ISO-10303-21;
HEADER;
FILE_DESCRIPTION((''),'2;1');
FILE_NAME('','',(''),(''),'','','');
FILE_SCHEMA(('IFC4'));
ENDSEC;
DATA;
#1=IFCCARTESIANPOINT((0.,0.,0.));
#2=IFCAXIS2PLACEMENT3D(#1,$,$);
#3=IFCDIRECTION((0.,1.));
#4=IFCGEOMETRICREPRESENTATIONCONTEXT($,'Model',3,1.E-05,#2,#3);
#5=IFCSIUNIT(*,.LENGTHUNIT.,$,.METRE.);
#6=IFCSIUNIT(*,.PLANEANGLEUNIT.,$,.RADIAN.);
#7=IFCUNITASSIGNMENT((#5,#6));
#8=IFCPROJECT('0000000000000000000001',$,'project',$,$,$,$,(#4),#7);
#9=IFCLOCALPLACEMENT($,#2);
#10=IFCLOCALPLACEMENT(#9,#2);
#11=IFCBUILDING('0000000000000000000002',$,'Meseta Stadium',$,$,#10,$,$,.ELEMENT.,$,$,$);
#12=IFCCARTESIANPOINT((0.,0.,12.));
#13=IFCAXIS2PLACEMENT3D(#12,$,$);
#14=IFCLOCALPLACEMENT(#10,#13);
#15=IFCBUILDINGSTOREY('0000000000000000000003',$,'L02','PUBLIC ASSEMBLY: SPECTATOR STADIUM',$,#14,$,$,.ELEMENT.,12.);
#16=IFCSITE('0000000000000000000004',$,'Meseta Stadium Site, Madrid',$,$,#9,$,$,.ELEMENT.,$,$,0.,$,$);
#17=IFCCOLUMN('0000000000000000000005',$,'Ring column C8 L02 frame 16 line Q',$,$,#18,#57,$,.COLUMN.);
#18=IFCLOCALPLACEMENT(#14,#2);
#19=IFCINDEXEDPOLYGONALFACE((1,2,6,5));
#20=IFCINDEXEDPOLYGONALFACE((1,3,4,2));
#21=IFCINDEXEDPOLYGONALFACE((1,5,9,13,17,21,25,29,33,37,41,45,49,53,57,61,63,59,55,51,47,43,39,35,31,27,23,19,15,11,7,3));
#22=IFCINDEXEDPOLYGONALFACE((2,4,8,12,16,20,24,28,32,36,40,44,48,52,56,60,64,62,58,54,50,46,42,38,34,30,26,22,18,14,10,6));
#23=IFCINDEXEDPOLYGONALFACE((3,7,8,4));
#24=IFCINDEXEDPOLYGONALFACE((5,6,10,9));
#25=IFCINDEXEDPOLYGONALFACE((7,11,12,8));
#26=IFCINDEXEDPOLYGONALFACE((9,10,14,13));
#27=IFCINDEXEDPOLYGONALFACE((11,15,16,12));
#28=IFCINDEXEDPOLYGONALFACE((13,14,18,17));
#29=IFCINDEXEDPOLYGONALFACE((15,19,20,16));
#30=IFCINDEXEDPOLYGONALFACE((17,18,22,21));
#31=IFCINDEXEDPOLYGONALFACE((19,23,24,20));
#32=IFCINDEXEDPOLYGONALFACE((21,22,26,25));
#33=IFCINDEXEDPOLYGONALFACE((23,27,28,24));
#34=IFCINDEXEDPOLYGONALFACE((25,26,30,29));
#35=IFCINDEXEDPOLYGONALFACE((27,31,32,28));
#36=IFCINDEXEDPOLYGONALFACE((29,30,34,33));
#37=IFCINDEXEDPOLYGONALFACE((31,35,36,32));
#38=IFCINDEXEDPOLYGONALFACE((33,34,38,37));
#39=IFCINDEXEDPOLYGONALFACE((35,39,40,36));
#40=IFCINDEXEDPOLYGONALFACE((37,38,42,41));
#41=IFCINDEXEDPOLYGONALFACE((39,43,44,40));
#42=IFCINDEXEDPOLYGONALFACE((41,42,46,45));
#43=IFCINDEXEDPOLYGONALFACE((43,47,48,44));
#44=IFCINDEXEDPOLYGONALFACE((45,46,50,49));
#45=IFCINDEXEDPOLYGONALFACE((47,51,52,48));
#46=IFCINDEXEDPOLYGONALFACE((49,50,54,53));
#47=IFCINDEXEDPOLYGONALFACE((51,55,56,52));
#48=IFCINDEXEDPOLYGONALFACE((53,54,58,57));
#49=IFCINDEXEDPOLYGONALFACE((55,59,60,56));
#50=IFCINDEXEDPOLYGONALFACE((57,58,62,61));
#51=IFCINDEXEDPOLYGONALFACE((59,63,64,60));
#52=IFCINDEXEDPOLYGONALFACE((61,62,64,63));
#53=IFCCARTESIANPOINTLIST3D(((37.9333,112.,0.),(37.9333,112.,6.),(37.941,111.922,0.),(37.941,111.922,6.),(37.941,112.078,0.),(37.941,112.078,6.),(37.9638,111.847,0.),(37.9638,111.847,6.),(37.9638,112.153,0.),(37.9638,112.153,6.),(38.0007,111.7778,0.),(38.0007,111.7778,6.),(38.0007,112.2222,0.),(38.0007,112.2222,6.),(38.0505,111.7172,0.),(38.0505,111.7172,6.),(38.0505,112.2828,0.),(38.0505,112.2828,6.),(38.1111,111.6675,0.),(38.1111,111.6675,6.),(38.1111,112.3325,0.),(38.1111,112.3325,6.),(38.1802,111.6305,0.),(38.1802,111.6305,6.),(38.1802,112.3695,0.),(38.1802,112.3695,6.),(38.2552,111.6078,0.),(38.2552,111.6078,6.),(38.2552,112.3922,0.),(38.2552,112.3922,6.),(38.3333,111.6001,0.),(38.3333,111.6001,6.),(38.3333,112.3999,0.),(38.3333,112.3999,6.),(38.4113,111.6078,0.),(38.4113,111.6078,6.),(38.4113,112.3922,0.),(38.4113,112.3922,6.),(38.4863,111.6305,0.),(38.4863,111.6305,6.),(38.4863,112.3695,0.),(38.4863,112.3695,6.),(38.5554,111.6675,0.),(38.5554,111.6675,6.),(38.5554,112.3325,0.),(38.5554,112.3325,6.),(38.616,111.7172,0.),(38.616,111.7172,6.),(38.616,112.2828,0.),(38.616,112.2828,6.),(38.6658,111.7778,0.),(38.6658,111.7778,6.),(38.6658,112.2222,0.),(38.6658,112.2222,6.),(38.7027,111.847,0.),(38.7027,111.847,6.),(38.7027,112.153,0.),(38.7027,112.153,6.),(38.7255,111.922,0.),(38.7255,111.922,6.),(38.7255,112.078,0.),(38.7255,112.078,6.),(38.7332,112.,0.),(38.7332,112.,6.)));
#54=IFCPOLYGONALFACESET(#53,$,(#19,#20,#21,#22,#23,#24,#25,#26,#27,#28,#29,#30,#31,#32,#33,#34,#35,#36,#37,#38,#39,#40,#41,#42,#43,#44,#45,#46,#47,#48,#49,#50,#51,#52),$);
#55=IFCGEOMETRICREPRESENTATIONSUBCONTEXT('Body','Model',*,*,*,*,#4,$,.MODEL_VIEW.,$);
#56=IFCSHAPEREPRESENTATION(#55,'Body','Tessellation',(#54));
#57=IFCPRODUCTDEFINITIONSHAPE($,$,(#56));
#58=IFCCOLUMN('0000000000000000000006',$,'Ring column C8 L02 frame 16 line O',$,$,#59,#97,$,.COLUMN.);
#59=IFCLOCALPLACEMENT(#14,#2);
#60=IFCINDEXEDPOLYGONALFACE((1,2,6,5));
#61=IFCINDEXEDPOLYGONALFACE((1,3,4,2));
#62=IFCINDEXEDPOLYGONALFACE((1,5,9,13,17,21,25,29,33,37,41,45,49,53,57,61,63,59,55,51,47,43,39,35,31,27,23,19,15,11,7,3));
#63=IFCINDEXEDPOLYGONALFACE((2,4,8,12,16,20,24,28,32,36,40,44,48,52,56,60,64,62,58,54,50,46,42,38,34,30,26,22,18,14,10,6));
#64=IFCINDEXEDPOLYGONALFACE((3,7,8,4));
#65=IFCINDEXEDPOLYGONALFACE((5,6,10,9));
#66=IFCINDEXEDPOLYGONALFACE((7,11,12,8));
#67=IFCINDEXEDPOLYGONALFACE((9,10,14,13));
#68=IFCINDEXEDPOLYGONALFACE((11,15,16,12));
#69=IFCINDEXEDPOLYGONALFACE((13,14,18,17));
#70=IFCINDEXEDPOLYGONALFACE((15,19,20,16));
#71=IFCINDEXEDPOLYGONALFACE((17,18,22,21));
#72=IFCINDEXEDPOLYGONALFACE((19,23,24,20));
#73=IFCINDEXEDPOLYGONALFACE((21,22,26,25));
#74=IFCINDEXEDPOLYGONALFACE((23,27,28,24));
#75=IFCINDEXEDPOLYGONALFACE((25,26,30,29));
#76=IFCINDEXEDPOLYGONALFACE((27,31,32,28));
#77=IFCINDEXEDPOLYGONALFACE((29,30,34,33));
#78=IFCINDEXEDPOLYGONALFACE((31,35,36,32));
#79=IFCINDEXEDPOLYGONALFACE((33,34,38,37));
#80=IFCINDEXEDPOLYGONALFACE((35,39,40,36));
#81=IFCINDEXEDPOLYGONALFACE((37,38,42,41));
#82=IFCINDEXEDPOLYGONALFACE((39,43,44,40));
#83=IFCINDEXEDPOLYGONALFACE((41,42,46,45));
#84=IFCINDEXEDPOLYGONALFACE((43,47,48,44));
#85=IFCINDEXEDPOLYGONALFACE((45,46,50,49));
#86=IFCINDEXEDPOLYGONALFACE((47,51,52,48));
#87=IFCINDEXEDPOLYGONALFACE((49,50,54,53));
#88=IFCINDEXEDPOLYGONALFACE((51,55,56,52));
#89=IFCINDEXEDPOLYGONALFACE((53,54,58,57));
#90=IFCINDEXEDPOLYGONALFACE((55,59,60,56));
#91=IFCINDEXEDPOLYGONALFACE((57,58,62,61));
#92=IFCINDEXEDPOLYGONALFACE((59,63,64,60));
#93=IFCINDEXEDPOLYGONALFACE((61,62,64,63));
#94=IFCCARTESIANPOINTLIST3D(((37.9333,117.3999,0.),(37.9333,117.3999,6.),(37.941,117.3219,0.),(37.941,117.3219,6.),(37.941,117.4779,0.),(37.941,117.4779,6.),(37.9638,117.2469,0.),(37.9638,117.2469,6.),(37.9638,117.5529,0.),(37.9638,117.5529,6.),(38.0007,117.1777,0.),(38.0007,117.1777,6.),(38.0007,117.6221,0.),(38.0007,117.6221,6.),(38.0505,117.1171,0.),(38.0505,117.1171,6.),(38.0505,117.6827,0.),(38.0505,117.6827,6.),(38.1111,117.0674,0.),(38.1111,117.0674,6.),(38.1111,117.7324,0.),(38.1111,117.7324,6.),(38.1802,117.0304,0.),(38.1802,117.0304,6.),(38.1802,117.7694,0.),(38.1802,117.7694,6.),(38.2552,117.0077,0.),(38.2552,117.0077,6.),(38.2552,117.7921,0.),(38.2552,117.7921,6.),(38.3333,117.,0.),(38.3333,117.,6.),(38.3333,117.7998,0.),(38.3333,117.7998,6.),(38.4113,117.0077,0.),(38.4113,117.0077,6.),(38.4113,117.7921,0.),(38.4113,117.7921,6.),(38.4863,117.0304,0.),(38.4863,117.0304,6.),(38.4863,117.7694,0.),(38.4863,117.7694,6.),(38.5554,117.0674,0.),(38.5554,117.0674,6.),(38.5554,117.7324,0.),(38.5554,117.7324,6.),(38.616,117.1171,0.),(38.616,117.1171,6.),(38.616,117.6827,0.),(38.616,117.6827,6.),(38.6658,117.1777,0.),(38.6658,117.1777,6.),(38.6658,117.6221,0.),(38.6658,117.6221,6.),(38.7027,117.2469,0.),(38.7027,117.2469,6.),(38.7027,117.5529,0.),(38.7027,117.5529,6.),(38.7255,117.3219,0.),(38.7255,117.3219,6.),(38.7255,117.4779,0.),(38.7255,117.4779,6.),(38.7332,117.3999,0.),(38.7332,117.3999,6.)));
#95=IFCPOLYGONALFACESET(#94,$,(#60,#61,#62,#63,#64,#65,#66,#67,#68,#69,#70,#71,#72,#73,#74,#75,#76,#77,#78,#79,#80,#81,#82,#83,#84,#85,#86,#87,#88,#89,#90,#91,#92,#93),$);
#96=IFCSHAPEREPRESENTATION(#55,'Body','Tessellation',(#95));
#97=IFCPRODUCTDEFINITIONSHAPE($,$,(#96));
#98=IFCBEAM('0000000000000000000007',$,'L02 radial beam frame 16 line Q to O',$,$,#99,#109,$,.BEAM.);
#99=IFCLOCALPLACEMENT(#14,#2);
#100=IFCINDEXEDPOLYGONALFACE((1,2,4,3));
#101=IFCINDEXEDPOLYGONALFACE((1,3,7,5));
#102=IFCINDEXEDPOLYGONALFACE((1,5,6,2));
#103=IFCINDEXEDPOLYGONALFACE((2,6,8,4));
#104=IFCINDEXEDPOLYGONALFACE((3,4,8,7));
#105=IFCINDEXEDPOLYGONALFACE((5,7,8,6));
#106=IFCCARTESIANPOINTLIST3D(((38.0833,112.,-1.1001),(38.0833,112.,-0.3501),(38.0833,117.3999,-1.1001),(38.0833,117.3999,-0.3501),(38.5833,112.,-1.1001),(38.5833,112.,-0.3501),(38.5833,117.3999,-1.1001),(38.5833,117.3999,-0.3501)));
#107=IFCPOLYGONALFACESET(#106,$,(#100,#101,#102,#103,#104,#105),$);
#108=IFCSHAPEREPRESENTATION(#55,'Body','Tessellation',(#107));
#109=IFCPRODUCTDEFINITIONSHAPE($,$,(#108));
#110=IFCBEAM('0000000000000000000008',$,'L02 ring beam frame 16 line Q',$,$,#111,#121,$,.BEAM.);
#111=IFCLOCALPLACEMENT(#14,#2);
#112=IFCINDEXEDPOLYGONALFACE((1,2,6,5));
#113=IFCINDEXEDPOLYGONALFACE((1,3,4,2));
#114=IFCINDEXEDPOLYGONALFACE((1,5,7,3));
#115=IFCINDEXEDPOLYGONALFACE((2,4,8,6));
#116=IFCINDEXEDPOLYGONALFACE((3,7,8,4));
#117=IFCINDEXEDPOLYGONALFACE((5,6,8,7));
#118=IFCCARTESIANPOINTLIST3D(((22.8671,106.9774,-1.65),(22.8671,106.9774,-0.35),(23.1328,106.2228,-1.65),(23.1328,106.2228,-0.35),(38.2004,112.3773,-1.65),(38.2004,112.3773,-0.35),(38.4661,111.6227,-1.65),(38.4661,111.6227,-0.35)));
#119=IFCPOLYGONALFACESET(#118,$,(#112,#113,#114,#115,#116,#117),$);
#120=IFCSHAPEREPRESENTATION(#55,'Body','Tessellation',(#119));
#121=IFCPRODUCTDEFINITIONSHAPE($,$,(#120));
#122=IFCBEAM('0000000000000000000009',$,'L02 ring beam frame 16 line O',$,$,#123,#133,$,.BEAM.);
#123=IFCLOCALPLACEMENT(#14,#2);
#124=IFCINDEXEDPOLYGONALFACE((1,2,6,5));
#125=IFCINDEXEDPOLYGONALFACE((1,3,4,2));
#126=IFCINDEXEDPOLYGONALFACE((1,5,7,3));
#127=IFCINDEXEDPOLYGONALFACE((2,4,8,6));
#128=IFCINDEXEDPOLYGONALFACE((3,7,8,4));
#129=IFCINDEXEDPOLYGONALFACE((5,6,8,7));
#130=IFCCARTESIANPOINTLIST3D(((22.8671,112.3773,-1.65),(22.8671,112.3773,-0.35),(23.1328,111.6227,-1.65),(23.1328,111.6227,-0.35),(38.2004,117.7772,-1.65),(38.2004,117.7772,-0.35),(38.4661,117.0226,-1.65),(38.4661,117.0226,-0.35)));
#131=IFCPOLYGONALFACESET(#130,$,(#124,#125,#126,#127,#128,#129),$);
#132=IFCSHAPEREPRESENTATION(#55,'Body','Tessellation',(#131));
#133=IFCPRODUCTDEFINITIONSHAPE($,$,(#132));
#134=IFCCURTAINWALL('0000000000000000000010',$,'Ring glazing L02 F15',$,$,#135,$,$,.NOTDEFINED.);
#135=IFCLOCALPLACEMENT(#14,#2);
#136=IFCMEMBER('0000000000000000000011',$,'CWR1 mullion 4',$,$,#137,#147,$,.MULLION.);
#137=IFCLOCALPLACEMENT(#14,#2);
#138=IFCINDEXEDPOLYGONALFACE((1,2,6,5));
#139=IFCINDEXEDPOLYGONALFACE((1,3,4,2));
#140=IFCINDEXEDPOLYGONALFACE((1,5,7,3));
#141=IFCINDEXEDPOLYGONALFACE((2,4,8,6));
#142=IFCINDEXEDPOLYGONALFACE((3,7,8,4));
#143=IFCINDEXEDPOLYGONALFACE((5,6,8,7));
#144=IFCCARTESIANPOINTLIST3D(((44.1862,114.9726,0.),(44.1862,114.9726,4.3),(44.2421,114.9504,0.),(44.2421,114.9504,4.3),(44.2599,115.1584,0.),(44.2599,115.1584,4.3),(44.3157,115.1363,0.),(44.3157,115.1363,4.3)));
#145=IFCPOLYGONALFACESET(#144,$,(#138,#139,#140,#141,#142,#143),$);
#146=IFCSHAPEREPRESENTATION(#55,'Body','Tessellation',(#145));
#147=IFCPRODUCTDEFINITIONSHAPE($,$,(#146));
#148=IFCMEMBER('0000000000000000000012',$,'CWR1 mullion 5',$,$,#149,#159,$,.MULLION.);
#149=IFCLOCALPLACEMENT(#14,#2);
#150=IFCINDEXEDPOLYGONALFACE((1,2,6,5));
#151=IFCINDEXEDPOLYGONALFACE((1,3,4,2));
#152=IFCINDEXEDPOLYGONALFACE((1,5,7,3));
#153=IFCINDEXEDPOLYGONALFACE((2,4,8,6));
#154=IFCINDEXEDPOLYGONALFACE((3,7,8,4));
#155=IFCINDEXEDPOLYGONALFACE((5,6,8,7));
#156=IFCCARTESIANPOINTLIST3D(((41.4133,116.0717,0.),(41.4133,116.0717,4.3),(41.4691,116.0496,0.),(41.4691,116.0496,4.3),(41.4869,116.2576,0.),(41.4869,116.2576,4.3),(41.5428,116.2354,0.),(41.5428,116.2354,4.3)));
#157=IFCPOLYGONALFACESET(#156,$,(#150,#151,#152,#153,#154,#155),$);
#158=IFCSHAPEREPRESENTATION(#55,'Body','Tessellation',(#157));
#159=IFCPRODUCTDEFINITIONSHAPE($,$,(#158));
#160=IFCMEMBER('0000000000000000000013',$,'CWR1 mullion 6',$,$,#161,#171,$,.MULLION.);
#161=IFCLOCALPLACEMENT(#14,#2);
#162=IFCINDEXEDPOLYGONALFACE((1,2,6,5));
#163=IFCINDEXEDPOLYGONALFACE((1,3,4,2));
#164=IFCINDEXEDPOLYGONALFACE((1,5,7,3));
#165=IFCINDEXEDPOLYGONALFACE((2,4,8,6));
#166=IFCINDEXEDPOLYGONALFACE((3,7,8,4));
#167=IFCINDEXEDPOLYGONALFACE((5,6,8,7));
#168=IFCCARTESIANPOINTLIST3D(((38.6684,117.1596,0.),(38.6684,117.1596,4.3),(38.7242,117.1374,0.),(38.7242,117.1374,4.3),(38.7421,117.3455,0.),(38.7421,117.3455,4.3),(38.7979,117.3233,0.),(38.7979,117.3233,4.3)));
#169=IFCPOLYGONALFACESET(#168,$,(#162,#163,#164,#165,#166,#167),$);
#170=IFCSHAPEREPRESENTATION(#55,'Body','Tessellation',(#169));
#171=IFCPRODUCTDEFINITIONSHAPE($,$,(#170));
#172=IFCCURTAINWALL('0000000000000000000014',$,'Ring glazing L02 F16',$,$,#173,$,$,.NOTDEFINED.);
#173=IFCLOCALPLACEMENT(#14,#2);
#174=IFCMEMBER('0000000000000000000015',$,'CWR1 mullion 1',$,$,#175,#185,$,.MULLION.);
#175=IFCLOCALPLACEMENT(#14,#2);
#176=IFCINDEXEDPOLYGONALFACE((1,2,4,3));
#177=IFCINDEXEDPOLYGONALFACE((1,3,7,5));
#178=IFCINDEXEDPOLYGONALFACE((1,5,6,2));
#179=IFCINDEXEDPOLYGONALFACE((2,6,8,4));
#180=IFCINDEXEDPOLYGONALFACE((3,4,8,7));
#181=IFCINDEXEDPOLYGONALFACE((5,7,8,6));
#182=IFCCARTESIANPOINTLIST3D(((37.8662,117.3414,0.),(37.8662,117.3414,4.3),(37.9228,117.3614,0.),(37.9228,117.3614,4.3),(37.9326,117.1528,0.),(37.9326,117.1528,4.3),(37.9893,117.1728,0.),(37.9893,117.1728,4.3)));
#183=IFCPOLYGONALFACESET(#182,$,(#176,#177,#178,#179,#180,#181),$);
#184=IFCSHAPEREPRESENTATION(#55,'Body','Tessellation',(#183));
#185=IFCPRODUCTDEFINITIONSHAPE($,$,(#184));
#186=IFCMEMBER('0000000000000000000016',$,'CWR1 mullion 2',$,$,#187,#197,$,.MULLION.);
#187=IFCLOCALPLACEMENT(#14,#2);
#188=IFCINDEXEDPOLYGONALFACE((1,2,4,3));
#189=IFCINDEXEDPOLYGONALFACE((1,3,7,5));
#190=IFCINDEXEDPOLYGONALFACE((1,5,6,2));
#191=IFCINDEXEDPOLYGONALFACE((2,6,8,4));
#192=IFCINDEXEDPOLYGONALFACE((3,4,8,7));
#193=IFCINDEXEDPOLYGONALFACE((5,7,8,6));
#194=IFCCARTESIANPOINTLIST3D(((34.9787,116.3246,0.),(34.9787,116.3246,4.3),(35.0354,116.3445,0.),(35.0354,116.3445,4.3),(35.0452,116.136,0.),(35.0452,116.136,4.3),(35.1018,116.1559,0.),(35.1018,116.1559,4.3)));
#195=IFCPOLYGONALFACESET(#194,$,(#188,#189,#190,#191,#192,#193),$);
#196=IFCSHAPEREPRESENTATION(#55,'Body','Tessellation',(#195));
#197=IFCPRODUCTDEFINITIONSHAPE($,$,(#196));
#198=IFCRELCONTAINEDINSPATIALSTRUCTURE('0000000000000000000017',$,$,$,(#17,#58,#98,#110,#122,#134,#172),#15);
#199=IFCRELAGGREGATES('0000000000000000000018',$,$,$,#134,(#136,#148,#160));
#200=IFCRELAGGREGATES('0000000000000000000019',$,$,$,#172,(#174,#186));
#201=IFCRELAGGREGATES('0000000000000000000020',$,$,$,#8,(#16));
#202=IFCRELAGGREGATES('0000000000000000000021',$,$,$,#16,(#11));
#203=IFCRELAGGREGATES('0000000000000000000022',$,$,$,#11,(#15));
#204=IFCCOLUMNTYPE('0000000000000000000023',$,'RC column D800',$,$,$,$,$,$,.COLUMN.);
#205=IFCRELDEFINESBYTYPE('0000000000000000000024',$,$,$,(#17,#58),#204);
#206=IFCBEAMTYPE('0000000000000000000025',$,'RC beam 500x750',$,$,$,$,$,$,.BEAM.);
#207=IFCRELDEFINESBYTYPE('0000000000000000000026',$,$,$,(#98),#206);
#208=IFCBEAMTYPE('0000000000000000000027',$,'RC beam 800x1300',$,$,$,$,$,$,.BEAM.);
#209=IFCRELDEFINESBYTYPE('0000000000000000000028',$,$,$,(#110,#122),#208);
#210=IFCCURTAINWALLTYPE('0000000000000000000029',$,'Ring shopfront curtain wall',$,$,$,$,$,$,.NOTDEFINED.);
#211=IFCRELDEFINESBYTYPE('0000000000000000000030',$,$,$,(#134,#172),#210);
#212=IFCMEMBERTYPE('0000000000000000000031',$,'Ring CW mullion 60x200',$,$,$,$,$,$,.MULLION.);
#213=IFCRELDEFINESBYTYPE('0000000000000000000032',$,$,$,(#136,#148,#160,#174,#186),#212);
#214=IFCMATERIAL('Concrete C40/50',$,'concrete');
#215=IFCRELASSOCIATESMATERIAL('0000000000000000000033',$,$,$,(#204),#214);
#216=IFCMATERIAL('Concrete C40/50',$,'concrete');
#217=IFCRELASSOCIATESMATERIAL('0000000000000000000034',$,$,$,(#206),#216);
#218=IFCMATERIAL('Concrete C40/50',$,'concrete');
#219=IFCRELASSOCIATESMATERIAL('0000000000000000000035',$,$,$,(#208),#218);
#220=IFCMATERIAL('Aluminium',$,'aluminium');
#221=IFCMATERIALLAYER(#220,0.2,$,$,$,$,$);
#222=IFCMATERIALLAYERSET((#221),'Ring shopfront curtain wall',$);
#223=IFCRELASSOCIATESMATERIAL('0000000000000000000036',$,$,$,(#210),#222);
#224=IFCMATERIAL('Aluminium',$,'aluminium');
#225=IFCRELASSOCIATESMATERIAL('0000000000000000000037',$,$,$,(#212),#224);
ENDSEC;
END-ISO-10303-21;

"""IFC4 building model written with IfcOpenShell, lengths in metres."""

from ifc_helpers import new_model, si_unit, direction, frame, origin, origin_2d, place, context, subcontext, project, spatial, rectangle, circle, extrude, material, layer, layer_set, material_profile, profile_set, type_object, element, aggregate, save


model = new_model("IFC4")

# Units and contexts
model_context = context("Model", 3, precision=1e-05, world=origin(), true_north=direction((0.0, 1.0)))
body_context = subcontext(model_context, "Body", "Model", "MODEL_VIEW")
ifc_project = project(units=[si_unit("LENGTHUNIT", "METRE"), si_unit("PLANEANGLEUNIT", "RADIAN")], contexts=[model_context])

# Site, building, storey
site_placement = place(None, origin())
site = spatial("IfcSite", under=ifc_project, at=site_placement, Name="Meseta Stadium Site, Madrid", CompositionType="ELEMENT", RefElevation=0.0)
building_placement = place(site_placement, origin())
building = spatial("IfcBuilding", under=site, at=building_placement, Name="Meseta Stadium", CompositionType="ELEMENT")
storey_placement = place(building_placement, frame((0.0, 0.0, 12.0)))
storey = spatial("IfcBuildingStorey", under=building, at=storey_placement, Name="L02", Description="PUBLIC ASSEMBLY: SPECTATOR STADIUM", CompositionType="ELEMENT", Elevation=12.0)

# Columns
ifc_material_1 = material(Name="Concrete C40/50", Category="concrete")
ifc_material_profile_1 = material_profile(ifc_material_1, circle(Radius=0.3999, at=origin_2d()), Name="RC D800")
ifc_profile_set_1 = profile_set([ifc_material_profile_1], Name="Concrete C40/50")
column_type = type_object("IfcColumnType", Name="RC column D800", PredefinedType="COLUMN", material=ifc_profile_set_1)
for number, where, z_axis, x_axis, name in (
    (1, (38.3333, 112.0, 0.0), (0.0, 0.0, 1.0), (1.0, 0.0, 0.0), "Ring column C8 L02 frame 16 line Q"),
    (2, (38.3333, 117.3999, 0.0), (0.0, 0.0, 1.0), (1.0, 0.0, 0.0), "Ring column C8 L02 frame 16 line O"),
):
    element("IfcColumn", number, at=place(storey_placement, frame(where, z_axis=z_axis, x_axis=x_axis)), inside=storey, type_object=column_type, Name=name, PredefinedType="COLUMN", context=body_context, shape_type="SweptSolid", body=[
        extrude(circle(Radius=0.3999, at=origin_2d()), origin(), (0.0, 0.0, 1.0), 6.0),
    ])

# Beams
ifc_material_2 = material(Name="Concrete C40/50", Category="concrete")
ifc_material_profile_2 = material_profile(ifc_material_2, rectangle(XDim=0.5, YDim=0.75, at=origin_2d()), Name="RC 500x750")
ifc_profile_set_2 = profile_set([ifc_material_profile_2], Name="Concrete C40/50")
beam_type_1 = type_object("IfcBeamType", Name="RC beam 500x750", PredefinedType="BEAM", material=ifc_profile_set_2)
beam_placement = place(storey_placement, frame((38.3333, 112.0, -0.7251), z_axis=(0.0, 1.0, 0.0), x_axis=(-1.0, 0.0, 0.0)))
element("IfcBeam", 3, at=beam_placement, inside=storey, type_object=beam_type_1, Name="L02 radial beam frame 16 line Q to O", PredefinedType="BEAM", context=body_context, shape_type="SweptSolid", body=[
    extrude(rectangle(XDim=0.5, YDim=0.75, at=origin_2d()), origin(), (0.0, 0.0, 1.0), 5.3999),
])
ifc_material_3 = material(Name="Concrete C40/50", Category="concrete")
ifc_material_profile_3 = material_profile(ifc_material_3, rectangle(XDim=0.8, YDim=1.3, at=origin_2d()), Name="RC 800x1300")
ifc_profile_set_3 = profile_set([ifc_material_profile_3], Name="Concrete C40/50")
beam_type_2 = type_object("IfcBeamType", Name="RC beam 800x1300", PredefinedType="BEAM", material=ifc_profile_set_3)
for number, where, z_axis, x_axis, name in (
    (4, (38.3333, 112.0, -1.0), (-0.943219, -0.332173, 0.0), (0.332173, -0.943219, 0.0), "L02 ring beam frame 16 line Q"),
    (5, (38.3333, 117.3999, -1.0), (-0.943219, -0.332173, 0.0), (0.332173, -0.943219, 0.0), "L02 ring beam frame 16 line O"),
):
    element("IfcBeam", number, at=place(storey_placement, frame(where, z_axis=z_axis, x_axis=x_axis)), inside=storey, type_object=beam_type_2, Name=name, PredefinedType="BEAM", context=body_context, shape_type="SweptSolid", body=[
        extrude(rectangle(XDim=0.8, YDim=1.3, at=origin_2d()), origin(), (0.0, 0.0, 1.0), 16.2563),
    ])

# Curtain walls, members
ifc_material_4 = material(Name="Aluminium", Category="aluminium")
ifc_layer_1 = layer(ifc_material_4, 0.2)
ifc_layer_set_1 = layer_set([ifc_layer_1], Name="Ring shopfront curtain wall")
curtain_wall_type = type_object("IfcCurtainWallType", Name="Ring shopfront curtain wall", PredefinedType="NOTDEFINED", material=ifc_layer_set_1)
curtain_wall_1_placement = place(storey_placement, origin())
curtain_wall_1 = element("IfcCurtainWall", 6, at=curtain_wall_1_placement, inside=storey, type_object=curtain_wall_type, Name="Ring glazing L02 F15", PredefinedType="NOTDEFINED")
ifc_material_5 = material(Name="Aluminium", Category="aluminium")
ifc_material_profile_4 = material_profile(ifc_material_5, rectangle(XDim=0.2, YDim=0.0601, at=origin_2d()), Name="CW 200x60")
ifc_profile_set_4 = profile_set([ifc_material_profile_4], Name="Aluminium")
member_type_1 = type_object("IfcMemberType", Name="Ring CW mullion 60x200", PredefinedType="MULLION", material=ifc_profile_set_4)
member_1_placement = place(storey_placement, frame((44.251, 115.0544, 0.0), z_axis=(0.0, 0.0, 1.0), x_axis=(-0.368454, -0.929646, 0.0)))
member_1 = element("IfcMember", 7, at=member_1_placement, type_object=member_type_1, Name="CWR1 mullion 4", PredefinedType="MULLION", context=body_context, shape_type="SweptSolid", body=[
    extrude(rectangle(XDim=0.2, YDim=0.0601, at=origin_2d()), origin(), (0.0, 0.0, 1.0), 4.3),
])
member_2_placement = place(storey_placement, frame((41.478, 116.1536, 0.0), z_axis=(0.0, 0.0, 1.0), x_axis=(-0.368454, -0.929646, 0.0)))
member_2 = element("IfcMember", 8, at=member_2_placement, type_object=member_type_1, Name="CWR1 mullion 5", PredefinedType="MULLION", context=body_context, shape_type="SweptSolid", body=[
    extrude(rectangle(XDim=0.2, YDim=0.0601, at=origin_2d()), origin(), (0.0, 0.0, 1.0), 4.3),
])
member_3_placement = place(storey_placement, frame((38.7332, 117.2415, 0.0), z_axis=(0.0, 0.0, 1.0), x_axis=(-0.368454, -0.929646, 0.0)))
member_3 = element("IfcMember", 9, at=member_3_placement, type_object=member_type_1, Name="CWR1 mullion 6", PredefinedType="MULLION", context=body_context, shape_type="SweptSolid", body=[
    extrude(rectangle(XDim=0.2, YDim=0.0601, at=origin_2d()), origin(), (0.0, 0.0, 1.0), 4.3),
])
curtain_wall_2_placement = place(storey_placement, origin())
curtain_wall_2 = element("IfcCurtainWall", 10, at=curtain_wall_2_placement, inside=storey, type_object=curtain_wall_type, Name="Ring glazing L02 F16", PredefinedType="NOTDEFINED")
member_4_placement = place(storey_placement, frame((37.9277, 117.2571, 0.0), z_axis=(0.0, 0.0, 1.0), x_axis=(0.332174, -0.943218, 0.0)))
member_4 = element("IfcMember", 11, at=member_4_placement, type_object=member_type_1, Name="CWR1 mullion 1", PredefinedType="MULLION", context=body_context, shape_type="SweptSolid", body=[
    extrude(rectangle(XDim=0.2, YDim=0.0601, at=origin_2d()), origin(), (0.0, 0.0, 1.0), 4.3),
])
member_5_placement = place(storey_placement, frame((35.0403, 116.2402, 0.0), z_axis=(0.0, 0.0, 1.0), x_axis=(0.332174, -0.943218, 0.0)))
member_5 = element("IfcMember", 12, at=member_5_placement, type_object=member_type_1, Name="CWR1 mullion 2", PredefinedType="MULLION", context=body_context, shape_type="SweptSolid", body=[
    extrude(rectangle(XDim=0.2, YDim=0.0601, at=origin_2d()), origin(), (0.0, 0.0, 1.0), 4.3),
])

aggregate(curtain_wall_1, [member_1, member_2, member_3])
aggregate(curtain_wall_2, [member_4, member_5])

save(model, "model.ifc")
